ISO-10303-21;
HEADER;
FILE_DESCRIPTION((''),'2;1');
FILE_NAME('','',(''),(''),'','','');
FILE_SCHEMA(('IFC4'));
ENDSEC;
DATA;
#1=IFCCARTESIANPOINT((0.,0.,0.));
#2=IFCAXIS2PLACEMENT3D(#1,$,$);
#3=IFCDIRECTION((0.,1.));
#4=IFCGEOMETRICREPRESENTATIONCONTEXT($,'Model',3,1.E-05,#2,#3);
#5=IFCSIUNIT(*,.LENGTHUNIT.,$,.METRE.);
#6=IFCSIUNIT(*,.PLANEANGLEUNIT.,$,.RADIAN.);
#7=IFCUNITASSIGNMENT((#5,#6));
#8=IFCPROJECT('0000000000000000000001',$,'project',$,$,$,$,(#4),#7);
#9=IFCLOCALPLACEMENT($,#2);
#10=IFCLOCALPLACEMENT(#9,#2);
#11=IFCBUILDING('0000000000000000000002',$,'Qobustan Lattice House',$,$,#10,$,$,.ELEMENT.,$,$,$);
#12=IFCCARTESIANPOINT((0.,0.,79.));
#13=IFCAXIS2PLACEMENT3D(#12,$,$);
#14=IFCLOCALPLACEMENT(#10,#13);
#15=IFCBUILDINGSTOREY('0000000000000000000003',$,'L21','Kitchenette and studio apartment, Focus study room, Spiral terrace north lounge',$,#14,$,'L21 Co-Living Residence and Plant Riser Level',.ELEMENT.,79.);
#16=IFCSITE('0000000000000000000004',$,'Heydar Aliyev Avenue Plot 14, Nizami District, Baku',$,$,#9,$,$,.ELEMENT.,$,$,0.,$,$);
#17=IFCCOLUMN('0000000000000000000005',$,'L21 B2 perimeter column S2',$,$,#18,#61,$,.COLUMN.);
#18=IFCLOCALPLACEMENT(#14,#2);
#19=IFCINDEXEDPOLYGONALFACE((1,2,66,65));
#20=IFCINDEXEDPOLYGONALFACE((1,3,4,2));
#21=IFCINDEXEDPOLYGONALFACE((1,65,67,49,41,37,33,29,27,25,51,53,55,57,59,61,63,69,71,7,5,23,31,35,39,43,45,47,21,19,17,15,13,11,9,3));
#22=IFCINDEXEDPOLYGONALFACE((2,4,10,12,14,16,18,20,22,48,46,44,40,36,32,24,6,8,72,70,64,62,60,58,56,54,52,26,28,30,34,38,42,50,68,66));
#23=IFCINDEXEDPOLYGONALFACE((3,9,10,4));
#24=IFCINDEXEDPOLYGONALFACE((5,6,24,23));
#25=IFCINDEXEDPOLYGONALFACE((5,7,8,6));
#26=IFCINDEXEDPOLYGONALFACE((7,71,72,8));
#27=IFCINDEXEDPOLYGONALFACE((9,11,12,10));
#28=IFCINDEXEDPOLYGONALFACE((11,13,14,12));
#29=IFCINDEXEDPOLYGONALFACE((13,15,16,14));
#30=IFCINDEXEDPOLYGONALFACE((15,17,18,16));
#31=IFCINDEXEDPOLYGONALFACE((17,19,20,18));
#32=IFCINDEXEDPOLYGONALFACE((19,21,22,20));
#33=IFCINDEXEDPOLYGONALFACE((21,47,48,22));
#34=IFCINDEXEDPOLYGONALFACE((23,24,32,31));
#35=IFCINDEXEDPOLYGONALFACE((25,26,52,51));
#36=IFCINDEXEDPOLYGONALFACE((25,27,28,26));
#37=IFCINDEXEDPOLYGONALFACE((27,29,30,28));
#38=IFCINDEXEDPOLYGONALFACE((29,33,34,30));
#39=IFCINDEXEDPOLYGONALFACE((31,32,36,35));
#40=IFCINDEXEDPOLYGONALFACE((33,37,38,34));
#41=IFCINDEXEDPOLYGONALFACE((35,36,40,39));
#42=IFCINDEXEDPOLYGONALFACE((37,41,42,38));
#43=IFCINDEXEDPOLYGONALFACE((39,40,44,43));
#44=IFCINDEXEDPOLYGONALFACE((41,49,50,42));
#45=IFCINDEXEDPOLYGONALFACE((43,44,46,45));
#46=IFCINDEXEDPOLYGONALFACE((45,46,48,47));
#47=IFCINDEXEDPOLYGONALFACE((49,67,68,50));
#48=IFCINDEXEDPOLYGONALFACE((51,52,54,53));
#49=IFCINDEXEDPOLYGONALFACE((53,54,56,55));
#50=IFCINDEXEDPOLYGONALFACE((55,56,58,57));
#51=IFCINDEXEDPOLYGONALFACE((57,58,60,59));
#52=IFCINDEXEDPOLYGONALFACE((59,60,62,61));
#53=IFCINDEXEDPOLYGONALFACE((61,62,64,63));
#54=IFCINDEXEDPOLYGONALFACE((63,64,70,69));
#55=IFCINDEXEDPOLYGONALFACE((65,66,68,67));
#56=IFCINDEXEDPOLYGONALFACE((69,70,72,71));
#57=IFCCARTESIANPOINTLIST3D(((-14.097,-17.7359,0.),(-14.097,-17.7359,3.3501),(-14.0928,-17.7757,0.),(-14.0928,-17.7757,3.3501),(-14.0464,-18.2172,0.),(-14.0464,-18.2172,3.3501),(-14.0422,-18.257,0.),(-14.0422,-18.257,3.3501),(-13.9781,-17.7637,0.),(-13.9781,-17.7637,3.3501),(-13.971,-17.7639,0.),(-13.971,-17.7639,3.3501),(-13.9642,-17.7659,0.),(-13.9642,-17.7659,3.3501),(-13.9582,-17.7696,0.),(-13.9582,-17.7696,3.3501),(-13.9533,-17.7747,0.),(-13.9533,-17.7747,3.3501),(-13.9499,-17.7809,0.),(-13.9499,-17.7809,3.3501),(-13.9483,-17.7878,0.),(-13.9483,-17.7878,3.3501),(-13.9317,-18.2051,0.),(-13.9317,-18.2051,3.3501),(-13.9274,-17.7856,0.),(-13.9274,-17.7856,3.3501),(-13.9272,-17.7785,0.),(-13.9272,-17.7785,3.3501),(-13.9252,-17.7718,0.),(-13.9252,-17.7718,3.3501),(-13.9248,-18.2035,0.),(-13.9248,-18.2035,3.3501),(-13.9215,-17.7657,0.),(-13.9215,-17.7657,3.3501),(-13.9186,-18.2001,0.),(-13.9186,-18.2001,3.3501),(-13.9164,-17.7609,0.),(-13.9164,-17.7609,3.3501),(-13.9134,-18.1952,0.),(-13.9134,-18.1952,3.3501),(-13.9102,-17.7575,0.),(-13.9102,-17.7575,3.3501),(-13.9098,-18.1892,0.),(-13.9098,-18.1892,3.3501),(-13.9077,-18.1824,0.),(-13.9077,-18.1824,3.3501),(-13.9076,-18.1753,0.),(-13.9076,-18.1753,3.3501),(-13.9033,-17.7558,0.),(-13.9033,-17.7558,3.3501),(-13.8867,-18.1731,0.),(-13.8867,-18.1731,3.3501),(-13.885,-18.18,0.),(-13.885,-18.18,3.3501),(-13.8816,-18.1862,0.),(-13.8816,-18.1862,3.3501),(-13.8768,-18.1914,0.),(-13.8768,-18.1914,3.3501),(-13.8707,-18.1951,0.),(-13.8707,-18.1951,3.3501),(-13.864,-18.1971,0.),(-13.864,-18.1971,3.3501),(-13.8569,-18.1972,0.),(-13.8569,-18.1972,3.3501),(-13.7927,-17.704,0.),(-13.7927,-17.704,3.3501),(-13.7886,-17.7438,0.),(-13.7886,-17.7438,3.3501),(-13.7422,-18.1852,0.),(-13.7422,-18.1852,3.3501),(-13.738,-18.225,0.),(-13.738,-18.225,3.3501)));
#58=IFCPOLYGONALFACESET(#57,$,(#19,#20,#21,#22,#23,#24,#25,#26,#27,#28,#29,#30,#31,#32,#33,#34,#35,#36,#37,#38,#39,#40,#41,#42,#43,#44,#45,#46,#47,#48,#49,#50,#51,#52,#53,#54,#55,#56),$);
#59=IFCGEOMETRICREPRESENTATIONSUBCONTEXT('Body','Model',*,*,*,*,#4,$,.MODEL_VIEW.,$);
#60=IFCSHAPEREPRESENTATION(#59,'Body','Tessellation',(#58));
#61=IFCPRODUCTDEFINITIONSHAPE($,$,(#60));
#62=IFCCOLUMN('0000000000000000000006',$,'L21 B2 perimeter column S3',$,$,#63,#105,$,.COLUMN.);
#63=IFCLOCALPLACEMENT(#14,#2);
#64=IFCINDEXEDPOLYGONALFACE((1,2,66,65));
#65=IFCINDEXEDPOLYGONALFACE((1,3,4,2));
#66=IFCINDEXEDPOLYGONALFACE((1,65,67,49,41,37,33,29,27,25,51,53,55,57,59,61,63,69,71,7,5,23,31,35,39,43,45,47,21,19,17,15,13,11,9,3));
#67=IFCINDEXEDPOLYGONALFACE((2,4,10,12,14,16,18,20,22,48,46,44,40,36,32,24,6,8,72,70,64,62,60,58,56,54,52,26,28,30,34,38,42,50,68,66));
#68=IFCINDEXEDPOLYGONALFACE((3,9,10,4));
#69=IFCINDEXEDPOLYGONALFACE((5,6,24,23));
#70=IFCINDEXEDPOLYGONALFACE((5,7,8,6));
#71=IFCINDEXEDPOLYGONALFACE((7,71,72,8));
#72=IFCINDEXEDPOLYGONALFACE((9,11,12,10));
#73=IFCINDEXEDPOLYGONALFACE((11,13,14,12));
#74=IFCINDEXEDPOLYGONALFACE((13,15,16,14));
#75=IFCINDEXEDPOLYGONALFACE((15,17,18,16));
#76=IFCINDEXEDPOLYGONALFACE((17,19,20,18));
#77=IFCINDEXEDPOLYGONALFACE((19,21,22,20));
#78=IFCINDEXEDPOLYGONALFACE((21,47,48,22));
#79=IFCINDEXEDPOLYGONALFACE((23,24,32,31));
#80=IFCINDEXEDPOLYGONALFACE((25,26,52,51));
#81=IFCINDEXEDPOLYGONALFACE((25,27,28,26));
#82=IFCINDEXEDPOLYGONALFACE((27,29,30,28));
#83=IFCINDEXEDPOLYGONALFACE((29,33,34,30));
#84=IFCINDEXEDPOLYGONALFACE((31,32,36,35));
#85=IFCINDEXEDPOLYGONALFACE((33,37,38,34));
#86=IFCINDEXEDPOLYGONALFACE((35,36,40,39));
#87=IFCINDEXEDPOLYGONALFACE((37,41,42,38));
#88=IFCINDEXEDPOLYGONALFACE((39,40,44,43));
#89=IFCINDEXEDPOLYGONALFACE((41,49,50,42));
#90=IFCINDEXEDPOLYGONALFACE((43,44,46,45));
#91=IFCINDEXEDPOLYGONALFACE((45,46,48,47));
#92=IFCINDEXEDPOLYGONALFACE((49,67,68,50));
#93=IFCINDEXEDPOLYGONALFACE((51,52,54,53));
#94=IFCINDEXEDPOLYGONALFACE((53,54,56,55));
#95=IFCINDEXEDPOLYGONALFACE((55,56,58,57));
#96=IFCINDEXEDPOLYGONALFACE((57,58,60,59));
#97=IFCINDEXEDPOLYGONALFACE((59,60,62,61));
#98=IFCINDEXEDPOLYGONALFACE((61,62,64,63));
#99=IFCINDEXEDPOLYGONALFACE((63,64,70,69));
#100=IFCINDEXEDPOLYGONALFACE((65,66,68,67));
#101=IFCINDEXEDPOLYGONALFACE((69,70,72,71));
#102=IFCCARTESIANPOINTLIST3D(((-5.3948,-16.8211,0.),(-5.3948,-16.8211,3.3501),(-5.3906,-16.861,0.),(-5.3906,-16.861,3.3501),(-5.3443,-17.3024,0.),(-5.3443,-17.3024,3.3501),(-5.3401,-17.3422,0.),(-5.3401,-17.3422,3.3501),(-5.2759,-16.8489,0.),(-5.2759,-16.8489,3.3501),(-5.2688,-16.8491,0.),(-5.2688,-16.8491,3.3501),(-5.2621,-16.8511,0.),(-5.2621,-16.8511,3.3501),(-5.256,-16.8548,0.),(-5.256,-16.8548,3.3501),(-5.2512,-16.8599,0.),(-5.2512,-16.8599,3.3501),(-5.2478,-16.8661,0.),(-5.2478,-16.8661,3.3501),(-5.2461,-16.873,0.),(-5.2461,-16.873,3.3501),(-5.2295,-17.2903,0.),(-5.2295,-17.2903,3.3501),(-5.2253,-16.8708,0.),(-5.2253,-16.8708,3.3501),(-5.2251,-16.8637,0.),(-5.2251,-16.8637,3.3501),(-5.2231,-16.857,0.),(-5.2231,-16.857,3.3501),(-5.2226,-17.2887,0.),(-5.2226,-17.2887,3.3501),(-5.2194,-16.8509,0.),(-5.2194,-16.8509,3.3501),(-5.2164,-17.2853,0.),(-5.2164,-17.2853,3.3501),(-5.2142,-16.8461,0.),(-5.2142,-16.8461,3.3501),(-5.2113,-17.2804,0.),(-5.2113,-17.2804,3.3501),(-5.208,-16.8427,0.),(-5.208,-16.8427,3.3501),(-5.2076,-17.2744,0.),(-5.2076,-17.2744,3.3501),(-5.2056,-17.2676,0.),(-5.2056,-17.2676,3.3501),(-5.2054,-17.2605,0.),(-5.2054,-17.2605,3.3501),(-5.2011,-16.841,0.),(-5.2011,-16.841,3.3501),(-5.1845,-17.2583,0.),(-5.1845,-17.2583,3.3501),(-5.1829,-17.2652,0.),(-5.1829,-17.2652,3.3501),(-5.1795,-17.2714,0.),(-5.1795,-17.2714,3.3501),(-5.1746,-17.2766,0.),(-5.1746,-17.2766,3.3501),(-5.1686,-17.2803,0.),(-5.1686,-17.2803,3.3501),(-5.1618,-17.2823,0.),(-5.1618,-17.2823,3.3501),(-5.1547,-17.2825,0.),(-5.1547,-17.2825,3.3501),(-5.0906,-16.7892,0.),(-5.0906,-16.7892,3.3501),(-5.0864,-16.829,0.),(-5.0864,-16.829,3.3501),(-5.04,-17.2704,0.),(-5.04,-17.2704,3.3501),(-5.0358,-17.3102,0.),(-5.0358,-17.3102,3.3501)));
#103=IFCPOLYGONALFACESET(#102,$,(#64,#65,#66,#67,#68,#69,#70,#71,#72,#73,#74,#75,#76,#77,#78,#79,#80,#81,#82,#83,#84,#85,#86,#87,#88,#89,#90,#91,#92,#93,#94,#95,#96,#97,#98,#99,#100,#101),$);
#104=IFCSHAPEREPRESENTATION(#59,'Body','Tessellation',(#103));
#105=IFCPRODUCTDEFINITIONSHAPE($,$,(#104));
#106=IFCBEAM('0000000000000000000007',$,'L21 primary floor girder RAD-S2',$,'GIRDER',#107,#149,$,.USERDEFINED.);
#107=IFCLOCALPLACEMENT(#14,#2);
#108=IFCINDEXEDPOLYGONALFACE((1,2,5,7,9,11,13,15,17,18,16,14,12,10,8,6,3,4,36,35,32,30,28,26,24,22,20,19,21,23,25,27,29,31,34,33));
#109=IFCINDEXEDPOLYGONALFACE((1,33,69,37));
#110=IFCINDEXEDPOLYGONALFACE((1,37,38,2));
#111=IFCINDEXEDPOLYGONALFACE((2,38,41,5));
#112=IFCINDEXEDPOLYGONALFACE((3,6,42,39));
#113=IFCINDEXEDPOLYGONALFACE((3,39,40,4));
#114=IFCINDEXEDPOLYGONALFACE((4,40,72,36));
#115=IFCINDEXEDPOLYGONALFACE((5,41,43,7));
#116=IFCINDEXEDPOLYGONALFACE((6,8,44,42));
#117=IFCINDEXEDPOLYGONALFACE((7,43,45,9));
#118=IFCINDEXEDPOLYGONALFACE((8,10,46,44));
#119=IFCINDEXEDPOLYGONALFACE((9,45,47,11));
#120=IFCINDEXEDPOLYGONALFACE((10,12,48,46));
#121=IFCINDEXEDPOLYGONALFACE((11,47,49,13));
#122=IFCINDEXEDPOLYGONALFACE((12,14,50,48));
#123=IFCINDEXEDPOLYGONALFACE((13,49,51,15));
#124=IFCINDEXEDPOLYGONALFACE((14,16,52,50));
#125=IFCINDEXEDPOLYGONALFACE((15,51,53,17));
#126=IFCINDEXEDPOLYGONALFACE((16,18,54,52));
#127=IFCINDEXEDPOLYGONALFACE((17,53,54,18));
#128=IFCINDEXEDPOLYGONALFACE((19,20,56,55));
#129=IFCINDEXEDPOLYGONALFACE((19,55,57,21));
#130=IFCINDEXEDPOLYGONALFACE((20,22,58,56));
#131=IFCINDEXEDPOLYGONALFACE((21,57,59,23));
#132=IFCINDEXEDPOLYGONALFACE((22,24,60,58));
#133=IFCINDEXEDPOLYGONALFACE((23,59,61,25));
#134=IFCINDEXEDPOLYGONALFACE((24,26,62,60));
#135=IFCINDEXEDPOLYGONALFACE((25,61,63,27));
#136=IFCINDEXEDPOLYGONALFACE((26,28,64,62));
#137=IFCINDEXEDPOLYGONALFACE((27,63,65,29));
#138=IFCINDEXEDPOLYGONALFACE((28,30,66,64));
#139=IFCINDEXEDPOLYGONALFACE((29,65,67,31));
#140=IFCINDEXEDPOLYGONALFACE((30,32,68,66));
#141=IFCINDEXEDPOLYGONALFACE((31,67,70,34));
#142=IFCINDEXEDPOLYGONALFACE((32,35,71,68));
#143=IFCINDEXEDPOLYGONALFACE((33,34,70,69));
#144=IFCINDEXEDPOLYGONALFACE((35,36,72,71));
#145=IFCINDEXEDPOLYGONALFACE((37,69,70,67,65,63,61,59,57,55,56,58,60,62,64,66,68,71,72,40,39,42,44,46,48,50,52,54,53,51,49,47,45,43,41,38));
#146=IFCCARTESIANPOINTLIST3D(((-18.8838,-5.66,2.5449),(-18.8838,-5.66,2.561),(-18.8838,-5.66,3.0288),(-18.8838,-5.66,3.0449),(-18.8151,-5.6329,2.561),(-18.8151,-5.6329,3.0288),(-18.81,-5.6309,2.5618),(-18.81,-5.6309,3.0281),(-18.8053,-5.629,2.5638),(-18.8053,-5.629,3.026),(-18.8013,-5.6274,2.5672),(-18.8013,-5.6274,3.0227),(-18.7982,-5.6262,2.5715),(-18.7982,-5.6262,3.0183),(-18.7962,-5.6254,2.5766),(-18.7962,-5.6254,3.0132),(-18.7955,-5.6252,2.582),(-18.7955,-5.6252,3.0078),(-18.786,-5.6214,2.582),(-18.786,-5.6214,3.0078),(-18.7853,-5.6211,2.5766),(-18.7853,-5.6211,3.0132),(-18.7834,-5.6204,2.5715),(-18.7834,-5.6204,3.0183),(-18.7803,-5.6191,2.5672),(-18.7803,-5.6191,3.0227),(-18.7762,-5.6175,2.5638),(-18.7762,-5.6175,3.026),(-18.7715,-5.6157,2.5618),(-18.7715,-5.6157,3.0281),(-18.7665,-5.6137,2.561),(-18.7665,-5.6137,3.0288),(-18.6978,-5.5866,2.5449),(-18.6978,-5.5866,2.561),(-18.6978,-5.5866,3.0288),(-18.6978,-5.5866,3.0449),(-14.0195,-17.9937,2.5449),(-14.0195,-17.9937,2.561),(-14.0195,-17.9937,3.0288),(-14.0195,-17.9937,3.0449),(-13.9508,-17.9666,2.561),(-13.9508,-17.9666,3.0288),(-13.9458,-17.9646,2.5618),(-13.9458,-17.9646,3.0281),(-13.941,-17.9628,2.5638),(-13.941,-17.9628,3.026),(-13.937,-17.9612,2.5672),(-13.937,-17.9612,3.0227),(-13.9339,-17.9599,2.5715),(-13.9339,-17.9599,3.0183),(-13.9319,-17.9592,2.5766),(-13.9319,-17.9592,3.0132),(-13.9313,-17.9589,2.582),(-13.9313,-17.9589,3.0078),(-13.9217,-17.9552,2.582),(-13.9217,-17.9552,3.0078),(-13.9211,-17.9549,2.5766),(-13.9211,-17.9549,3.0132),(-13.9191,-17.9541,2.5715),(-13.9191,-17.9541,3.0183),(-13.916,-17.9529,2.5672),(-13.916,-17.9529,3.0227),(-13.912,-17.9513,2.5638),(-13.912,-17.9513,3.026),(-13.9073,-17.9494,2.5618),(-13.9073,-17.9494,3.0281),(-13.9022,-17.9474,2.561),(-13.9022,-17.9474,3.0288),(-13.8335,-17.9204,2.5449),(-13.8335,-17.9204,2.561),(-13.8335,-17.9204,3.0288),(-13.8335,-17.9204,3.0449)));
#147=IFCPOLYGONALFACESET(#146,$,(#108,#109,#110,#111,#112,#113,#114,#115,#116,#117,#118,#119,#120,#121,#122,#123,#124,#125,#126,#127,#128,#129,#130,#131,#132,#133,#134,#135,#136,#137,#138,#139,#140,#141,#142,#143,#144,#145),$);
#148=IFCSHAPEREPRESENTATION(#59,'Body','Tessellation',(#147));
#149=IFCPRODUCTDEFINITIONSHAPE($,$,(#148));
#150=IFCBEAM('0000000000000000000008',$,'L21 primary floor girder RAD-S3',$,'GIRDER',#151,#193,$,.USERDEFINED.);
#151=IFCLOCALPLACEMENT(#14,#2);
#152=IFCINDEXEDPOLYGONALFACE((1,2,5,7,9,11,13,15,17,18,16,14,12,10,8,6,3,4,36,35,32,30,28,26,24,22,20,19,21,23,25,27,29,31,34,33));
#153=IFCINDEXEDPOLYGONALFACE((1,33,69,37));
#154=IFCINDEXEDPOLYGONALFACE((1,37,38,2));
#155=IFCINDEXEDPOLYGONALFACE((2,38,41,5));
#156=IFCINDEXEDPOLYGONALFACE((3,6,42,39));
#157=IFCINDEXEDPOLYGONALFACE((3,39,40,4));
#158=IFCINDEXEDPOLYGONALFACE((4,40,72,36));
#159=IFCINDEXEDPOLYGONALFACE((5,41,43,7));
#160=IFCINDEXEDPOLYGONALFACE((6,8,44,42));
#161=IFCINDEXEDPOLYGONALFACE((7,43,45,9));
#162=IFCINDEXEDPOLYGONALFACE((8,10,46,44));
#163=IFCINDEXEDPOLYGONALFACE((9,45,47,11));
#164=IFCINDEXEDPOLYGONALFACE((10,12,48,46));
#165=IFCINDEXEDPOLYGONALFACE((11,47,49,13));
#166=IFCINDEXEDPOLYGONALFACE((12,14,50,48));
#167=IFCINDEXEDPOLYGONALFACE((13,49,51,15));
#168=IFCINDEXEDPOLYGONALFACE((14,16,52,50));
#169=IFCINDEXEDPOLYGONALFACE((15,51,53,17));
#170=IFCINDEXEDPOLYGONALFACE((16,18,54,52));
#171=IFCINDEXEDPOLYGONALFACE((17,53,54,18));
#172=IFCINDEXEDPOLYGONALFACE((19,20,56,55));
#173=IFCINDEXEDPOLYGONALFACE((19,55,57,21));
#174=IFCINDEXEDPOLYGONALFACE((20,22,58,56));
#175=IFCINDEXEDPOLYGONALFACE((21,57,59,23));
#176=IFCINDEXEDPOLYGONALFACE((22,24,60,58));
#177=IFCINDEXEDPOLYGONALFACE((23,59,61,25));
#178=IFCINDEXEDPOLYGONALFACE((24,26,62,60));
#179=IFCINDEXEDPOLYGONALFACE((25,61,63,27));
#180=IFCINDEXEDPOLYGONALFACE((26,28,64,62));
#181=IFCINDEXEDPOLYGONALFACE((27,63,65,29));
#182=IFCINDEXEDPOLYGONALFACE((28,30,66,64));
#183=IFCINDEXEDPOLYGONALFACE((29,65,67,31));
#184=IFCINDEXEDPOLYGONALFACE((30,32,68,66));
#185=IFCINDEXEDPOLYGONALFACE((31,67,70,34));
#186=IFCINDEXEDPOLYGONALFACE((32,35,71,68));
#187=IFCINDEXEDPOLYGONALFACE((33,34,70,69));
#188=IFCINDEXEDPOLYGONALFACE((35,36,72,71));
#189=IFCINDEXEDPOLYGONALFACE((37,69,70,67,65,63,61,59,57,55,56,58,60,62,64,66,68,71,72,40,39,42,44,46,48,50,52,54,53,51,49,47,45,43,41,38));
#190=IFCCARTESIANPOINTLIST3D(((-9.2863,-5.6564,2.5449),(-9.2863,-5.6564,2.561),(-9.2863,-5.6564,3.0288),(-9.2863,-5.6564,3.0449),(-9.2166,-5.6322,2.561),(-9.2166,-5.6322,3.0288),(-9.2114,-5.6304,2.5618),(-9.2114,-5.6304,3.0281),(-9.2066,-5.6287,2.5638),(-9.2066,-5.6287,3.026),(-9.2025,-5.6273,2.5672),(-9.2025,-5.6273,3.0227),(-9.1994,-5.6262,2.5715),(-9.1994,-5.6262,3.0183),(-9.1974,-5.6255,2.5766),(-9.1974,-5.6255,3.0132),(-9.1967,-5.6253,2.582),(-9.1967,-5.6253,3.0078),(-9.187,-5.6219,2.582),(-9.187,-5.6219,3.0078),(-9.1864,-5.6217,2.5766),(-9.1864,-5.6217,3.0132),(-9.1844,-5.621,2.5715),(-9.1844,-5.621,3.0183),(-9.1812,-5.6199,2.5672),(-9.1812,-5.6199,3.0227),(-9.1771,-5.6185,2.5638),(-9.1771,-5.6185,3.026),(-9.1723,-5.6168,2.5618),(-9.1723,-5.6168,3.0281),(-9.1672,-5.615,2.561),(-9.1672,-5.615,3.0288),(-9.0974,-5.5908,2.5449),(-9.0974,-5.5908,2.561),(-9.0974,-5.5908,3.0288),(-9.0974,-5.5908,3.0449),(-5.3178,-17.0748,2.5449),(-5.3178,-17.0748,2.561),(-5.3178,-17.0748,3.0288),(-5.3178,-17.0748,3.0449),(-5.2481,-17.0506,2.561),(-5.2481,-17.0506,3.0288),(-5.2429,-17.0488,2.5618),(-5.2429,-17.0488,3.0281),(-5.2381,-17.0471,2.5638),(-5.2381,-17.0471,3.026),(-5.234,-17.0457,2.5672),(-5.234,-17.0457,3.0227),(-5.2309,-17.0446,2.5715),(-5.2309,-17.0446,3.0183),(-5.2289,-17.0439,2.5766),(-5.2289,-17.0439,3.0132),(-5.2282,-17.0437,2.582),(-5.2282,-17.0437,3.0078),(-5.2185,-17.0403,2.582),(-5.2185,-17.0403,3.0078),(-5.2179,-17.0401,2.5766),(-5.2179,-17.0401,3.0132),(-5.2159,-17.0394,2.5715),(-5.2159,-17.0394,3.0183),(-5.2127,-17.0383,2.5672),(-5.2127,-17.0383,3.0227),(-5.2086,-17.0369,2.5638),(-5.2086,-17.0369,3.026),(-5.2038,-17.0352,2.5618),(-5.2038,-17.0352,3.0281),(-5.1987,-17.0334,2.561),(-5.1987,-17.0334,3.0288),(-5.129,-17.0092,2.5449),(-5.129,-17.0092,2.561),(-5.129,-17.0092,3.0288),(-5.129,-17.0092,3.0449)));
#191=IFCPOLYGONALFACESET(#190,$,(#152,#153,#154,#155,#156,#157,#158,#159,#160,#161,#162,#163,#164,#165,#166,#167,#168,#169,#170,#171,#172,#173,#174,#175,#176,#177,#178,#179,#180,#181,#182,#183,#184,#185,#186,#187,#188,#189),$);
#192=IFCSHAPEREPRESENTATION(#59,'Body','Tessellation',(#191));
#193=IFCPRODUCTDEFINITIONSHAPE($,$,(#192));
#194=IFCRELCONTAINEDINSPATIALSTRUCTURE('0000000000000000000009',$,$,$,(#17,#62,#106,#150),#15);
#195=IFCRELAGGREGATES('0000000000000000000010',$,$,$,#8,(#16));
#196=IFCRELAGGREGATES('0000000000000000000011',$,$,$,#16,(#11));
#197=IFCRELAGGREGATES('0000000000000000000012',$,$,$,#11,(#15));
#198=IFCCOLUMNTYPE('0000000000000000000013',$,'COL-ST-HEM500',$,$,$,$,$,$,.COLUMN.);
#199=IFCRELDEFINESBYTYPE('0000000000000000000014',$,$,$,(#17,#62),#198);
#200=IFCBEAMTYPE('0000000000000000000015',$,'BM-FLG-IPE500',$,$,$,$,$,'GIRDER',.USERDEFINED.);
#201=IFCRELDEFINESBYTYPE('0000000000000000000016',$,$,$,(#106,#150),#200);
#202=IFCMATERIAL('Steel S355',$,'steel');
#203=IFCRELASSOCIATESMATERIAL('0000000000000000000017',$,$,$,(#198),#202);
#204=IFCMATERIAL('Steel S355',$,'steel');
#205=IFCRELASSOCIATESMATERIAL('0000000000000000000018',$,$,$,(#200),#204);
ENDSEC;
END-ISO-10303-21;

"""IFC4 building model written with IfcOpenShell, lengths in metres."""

from ifc_helpers import new_model, si_unit, direction, frame, origin, origin_2d, place, context, subcontext, project, spatial, i_section, extrude, material, material_profile, profile_set, type_object, element, save


model = new_model("IFC4")

# Units and contexts
model_context = context("Model", 3, precision=1e-05, world=origin(), true_north=direction((0.0, 1.0)))
body_context = subcontext(model_context, "Body", "Model", "MODEL_VIEW")
ifc_project = project(units=[si_unit("LENGTHUNIT", "METRE"), si_unit("PLANEANGLEUNIT", "RADIAN")], contexts=[model_context])

# Site, building, storey
site_placement = place(None, origin())
site = spatial("IfcSite", under=ifc_project, at=site_placement, Name="Heydar Aliyev Avenue Plot 14, Nizami District, Baku", CompositionType="ELEMENT", RefElevation=0.0)
building_placement = place(site_placement, origin())
building = spatial("IfcBuilding", under=site, at=building_placement, Name="Qobustan Lattice House", CompositionType="ELEMENT")
storey_placement = place(building_placement, frame((0.0, 0.0, 79.0)))
storey = spatial("IfcBuildingStorey", under=building, at=storey_placement, Name="L21", Description="Kitchenette and studio apartment, Focus study room, Spiral terrace north lounge", LongName="L21 Co-Living Residence and Plant Riser Level", CompositionType="ELEMENT", Elevation=79.0)

# Columns
ifc_material_1 = material(Name="Steel S355", Category="steel")
ifc_material_profile_1 = material_profile(ifc_material_1, i_section(OverallWidth=0.3059, OverallDepth=0.5239, WebThickness=0.021, FlangeThickness=0.04, FilletRadius=0.0271, at=origin_2d()), Name="HEM500")
ifc_profile_set_1 = profile_set([ifc_material_profile_1], Name="Steel S355")
column_type = type_object("IfcColumnType", Name="COL-ST-HEM500", PredefinedType="COLUMN", material=ifc_profile_set_1)
for number, where, z_axis, x_axis, name in (
    (1, (-13.9175, -17.9805, 0.0), (0.0, 0.0, 1.0), (0.994522, 0.104528, 0.0), "L21 B2 perimeter column S2"),
    (2, (-5.2153, -17.0657, 0.0), (0.0, 0.0, 1.0), (0.994522, 0.104528, 0.0), "L21 B2 perimeter column S3"),
):
    element("IfcColumn", number, at=place(storey_placement, frame(where, z_axis=z_axis, x_axis=x_axis)), inside=storey, type_object=column_type, Name=name, PredefinedType="COLUMN", context=body_context, shape_type="SweptSolid", body=[
        extrude(i_section(OverallWidth=0.3059, OverallDepth=0.5239, WebThickness=0.021, FlangeThickness=0.04, FilletRadius=0.0271, at=origin_2d()), origin(), (0.0, 0.0, 1.0), 3.3501),
    ])

# Beams
ifc_material_2 = material(Name="Steel S355", Category="steel")
ifc_material_profile_2 = material_profile(ifc_material_2, i_section(OverallWidth=0.2, OverallDepth=0.5, WebThickness=0.0103, FlangeThickness=0.0161, FilletRadius=0.021, at=origin_2d()), Name="IPE500")
ifc_profile_set_2 = profile_set([ifc_material_profile_2], Name="Steel S355")
beam_type_1 = type_object("IfcBeamType", Name="BM-FLG-IPE500", ElementType="GIRDER", PredefinedType="USERDEFINED", material=ifc_profile_set_2)
beam_1_placement = place(storey_placement, frame((-13.9265, -17.957, 2.7949), z_axis=(-0.366884, 0.930267, 0.0), x_axis=(-0.930267, -0.366884, 0.0)))
element("IfcBeam", 3, at=beam_1_placement, inside=storey, type_object=beam_type_1, Name="L21 primary floor girder RAD-S2", ObjectType="GIRDER", PredefinedType="USERDEFINED", context=body_context, shape_type="SweptSolid", body=[
    extrude(i_section(OverallWidth=0.2, OverallDepth=0.5, WebThickness=0.0103, FlangeThickness=0.0161, FilletRadius=0.021, at=origin_2d()), origin(), (0.0, 0.0, 1.0), 13.2583),
])
beam_2_placement = place(storey_placement, frame((-5.2234, -17.042, 2.7949), z_axis=(-0.32829, 0.944577, 0.0), x_axis=(-0.944577, -0.32829, 0.0)))
element("IfcBeam", 4, at=beam_2_placement, inside=storey, type_object=beam_type_1, Name="L21 primary floor girder RAD-S3", ObjectType="GIRDER", PredefinedType="USERDEFINED", context=body_context, shape_type="SweptSolid", body=[
    extrude(i_section(OverallWidth=0.2, OverallDepth=0.5, WebThickness=0.0103, FlangeThickness=0.0161, FilletRadius=0.021, at=origin_2d()), origin(), (0.0, 0.0, 1.0), 12.0884),
])

save(model, "model.ifc")
